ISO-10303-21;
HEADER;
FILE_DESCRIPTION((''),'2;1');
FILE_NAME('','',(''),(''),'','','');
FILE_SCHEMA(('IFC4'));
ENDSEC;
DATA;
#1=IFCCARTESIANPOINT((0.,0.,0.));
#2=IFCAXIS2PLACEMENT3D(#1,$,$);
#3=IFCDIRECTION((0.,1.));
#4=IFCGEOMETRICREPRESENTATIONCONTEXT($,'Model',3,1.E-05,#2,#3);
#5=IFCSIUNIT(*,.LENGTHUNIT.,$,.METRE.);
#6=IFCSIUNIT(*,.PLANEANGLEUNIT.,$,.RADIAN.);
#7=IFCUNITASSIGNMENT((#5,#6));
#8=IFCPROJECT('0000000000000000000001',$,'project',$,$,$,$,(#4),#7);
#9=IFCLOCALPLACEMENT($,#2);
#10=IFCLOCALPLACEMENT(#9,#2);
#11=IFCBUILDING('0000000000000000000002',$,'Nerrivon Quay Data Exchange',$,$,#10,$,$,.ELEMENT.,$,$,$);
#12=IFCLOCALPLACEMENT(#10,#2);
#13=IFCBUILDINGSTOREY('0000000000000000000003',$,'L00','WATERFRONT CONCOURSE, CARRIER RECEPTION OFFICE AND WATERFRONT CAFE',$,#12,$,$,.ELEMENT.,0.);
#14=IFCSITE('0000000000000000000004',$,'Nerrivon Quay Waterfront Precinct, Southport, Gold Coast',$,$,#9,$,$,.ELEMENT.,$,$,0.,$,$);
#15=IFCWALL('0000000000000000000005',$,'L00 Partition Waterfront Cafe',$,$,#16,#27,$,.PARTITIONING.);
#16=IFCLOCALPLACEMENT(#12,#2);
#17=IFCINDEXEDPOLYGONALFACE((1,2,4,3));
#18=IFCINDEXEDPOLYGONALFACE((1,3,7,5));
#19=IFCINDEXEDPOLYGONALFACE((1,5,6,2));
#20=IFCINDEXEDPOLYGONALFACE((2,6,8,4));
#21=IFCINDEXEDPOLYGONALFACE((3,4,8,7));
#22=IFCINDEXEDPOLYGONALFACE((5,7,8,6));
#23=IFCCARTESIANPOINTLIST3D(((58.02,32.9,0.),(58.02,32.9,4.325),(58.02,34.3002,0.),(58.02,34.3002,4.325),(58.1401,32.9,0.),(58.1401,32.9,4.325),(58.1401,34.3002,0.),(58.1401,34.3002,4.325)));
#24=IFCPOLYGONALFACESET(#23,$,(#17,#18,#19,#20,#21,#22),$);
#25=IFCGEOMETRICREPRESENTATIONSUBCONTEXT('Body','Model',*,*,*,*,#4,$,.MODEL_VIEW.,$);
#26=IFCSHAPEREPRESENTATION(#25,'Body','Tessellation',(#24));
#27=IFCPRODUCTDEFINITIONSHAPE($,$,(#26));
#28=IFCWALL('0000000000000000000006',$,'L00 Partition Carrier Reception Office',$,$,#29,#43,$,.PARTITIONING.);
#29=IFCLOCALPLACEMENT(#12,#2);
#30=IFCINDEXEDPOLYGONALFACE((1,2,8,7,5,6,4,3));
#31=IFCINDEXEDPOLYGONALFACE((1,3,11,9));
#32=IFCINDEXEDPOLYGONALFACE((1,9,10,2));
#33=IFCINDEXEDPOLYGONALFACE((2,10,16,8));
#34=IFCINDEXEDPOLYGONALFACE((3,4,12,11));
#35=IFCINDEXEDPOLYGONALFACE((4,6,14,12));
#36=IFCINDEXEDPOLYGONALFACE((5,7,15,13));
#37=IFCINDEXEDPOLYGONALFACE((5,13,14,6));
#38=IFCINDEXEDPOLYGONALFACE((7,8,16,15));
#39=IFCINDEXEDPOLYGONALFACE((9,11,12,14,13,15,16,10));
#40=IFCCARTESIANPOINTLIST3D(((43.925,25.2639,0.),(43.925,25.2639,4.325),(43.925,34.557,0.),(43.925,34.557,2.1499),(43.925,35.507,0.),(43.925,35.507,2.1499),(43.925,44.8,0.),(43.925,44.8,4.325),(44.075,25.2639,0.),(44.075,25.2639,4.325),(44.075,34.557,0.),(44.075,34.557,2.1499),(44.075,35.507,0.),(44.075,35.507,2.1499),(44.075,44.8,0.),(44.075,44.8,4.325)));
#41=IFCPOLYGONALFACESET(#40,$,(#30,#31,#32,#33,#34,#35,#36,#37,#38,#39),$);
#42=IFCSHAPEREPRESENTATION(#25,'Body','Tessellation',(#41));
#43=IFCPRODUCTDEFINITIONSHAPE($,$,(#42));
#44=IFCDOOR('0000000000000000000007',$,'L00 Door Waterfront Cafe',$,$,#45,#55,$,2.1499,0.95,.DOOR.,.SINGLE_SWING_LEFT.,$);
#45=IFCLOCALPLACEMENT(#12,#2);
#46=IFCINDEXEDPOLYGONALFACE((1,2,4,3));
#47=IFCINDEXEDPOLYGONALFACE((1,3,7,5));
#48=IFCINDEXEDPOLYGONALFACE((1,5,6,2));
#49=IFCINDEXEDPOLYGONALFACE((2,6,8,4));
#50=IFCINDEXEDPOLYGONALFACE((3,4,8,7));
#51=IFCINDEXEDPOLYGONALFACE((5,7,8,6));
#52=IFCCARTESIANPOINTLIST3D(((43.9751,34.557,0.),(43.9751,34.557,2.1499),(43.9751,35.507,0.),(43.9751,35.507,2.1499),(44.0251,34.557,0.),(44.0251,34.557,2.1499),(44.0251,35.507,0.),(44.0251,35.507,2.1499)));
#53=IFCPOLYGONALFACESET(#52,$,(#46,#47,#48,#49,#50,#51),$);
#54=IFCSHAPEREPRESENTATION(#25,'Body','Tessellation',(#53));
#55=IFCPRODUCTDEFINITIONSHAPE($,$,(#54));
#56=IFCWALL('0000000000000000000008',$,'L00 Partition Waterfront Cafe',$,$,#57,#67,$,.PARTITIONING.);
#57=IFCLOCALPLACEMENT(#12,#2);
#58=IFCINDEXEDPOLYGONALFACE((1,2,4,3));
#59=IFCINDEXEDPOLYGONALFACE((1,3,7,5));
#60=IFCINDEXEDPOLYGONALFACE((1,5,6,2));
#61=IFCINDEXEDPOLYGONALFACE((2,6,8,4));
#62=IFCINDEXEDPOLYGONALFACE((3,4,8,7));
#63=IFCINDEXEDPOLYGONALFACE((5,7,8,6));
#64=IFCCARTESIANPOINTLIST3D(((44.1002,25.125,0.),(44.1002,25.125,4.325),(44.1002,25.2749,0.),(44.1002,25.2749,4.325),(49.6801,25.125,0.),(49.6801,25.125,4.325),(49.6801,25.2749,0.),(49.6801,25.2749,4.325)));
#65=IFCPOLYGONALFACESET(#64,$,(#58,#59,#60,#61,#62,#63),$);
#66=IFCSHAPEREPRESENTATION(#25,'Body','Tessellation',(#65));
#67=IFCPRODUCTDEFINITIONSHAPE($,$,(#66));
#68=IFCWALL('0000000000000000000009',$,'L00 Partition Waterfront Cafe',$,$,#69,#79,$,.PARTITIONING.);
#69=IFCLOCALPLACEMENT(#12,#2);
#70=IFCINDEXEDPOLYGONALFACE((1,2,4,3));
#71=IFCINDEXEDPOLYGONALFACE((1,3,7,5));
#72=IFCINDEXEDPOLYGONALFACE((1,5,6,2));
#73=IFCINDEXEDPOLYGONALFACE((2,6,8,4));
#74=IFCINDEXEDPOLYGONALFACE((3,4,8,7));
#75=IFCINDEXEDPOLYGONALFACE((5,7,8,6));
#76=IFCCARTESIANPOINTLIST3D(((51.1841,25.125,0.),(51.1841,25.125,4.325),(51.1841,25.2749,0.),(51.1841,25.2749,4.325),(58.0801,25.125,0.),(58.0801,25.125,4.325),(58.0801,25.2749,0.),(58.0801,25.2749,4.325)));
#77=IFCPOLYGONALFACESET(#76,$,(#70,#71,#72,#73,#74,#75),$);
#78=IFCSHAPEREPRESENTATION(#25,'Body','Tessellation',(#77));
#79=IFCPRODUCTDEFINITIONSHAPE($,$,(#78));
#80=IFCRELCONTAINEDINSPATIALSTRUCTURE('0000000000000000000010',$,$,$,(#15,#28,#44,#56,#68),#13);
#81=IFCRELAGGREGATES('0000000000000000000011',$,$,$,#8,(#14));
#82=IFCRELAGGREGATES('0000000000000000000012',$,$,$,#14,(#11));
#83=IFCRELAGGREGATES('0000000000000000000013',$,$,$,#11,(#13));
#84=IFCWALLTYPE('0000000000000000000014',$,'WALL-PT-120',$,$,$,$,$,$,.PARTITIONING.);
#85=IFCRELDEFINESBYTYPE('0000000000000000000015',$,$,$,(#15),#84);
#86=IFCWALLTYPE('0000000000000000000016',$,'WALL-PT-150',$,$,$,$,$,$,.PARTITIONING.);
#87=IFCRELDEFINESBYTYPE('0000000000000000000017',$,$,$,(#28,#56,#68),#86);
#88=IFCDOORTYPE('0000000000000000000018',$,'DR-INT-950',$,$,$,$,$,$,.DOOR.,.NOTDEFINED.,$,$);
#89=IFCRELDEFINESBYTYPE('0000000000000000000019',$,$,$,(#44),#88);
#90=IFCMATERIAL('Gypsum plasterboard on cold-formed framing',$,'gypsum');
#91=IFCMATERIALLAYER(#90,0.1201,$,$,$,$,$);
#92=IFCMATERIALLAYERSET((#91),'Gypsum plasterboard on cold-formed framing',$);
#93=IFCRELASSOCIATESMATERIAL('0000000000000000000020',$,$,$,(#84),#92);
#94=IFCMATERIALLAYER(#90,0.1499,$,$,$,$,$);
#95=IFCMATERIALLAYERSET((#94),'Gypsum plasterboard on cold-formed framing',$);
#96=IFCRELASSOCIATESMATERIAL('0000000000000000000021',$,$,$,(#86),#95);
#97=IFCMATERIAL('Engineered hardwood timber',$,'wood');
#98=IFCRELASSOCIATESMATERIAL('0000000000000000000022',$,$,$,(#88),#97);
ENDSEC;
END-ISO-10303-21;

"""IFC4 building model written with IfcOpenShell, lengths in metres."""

from ifc_helpers import new_model, si_unit, direction, frame, frame_2d, origin, place, context, subcontext, project, spatial, rectangle, extrude, material, layer, layer_set, type_object, element, fill, save


model = new_model("IFC4")

# Units and contexts
model_context = context("Model", 3, precision=1e-05, world=origin(), true_north=direction((0.0, 1.0)))
body_context = subcontext(model_context, "Body", "Model", "MODEL_VIEW")
ifc_project = project(units=[si_unit("LENGTHUNIT", "METRE"), si_unit("PLANEANGLEUNIT", "RADIAN")], contexts=[model_context])

# Site, building, storey
site_placement = place(None, origin())
site = spatial("IfcSite", under=ifc_project, at=site_placement, Name="Nerrivon Quay Waterfront Precinct, Southport, Gold Coast", CompositionType="ELEMENT", RefElevation=0.0)
building_placement = place(site_placement, origin())
building = spatial("IfcBuilding", under=site, at=building_placement, Name="Nerrivon Quay Data Exchange", CompositionType="ELEMENT")
storey_placement = place(building_placement, origin())
storey = spatial("IfcBuildingStorey", under=building, at=storey_placement, Name="L00", Description="WATERFRONT CONCOURSE, CARRIER RECEPTION OFFICE AND WATERFRONT CAFE", CompositionType="ELEMENT", Elevation=0.0)

# Wall
ifc_material_1 = material(Name="Gypsum plasterboard on cold-formed framing", Category="gypsum")
ifc_layer_1 = layer(ifc_material_1, 0.1201)
ifc_layer_set_1 = layer_set([ifc_layer_1], Name="Gypsum plasterboard on cold-formed framing")
wall_type_1 = type_object("IfcWallType", Name="WALL-PT-120", PredefinedType="PARTITIONING", material=ifc_layer_set_1)
wall_1_placement = place(storey_placement, frame((58.0801, 32.8999, 0.0), z_axis=(0.0, 0.0, 1.0), x_axis=(0.0, 1.0, 0.0)))
element("IfcWall", 1, at=wall_1_placement, inside=storey, type_object=wall_type_1, Name="L00 Partition Waterfront Cafe", PredefinedType="PARTITIONING", context=body_context, shape_type="SweptSolid", body=[
    extrude(rectangle(XDim=1.4001, YDim=0.1201, at=frame_2d((0.7002, 0.0))), origin(), (0.0, 0.0, 1.0), 4.325),
])

# Wall, opening, door
ifc_layer_2 = layer(ifc_material_1, 0.1499)
ifc_layer_set_2 = layer_set([ifc_layer_2], Name="Gypsum plasterboard on cold-formed framing")
wall_type_2 = type_object("IfcWallType", Name="WALL-PT-150", PredefinedType="PARTITIONING", material=ifc_layer_set_2)
wall_2_placement = place(storey_placement, frame((44.0, 25.2639, 0.0), z_axis=(0.0, 0.0, 1.0), x_axis=(0.0, 1.0, 0.0)))
wall_2 = element("IfcWall", 2, at=wall_2_placement, inside=storey, type_object=wall_type_2, Name="L00 Partition Carrier Reception Office", PredefinedType="PARTITIONING", context=body_context, shape_type="SweptSolid", body=[
    extrude(rectangle(XDim=19.5361, YDim=0.1499, at=frame_2d((9.7681, 0.0))), origin(), (0.0, 0.0, 1.0), 4.325),
])
opening_1_placement = place(wall_2_placement, frame((9.293, 0.0, 0.0)))
opening_1 = element("IfcOpeningElement", 3, at=opening_1_placement, cuts=wall_2, PredefinedType="OPENING", context=body_context, shape_type="SweptSolid", body=[
    extrude(rectangle(XDim=0.95, YDim=2.1499, at=frame_2d((0.4751, 1.075))), frame((0.0, 0.085, 0.0), z_axis=(0.0, -1.0, 0.0), x_axis=(1.0, 0.0, 0.0)), (0.0, 0.0, 1.0), 0.1699),
])
ifc_material_2 = material(Name="Engineered hardwood timber", Category="wood")
door_type_1 = type_object("IfcDoorType", Name="DR-INT-950", OperationType="NOTDEFINED", PredefinedType="DOOR", material=ifc_material_2)
door_1_placement = place(opening_1_placement, origin())
door_1 = element("IfcDoor", 4, at=door_1_placement, inside=storey, type_object=door_type_1, Name="L00 Door Waterfront Cafe", OperationType="SINGLE_SWING_LEFT", OverallHeight=2.1499, OverallWidth=0.95, PredefinedType="DOOR", context=body_context, shape_type="SweptSolid", body=[
    extrude(rectangle(XDim=0.95, YDim=2.1499, at=frame_2d((0.4751, 1.075))), frame((0.0, 0.0249, 0.0), z_axis=(0.0, -1.0, 0.0), x_axis=(1.0, 0.0, 0.0)), (0.0, 0.0, 1.0), 0.05),
])
fill(opening_1, door_1)

# Walls
wall_3_placement = place(storey_placement, frame((44.1001, 25.2, 0.0), z_axis=(0.0, 0.0, 1.0), x_axis=(1.0, 0.0, 0.0)))
element("IfcWall", 5, at=wall_3_placement, inside=storey, type_object=wall_type_2, Name="L00 Partition Waterfront Cafe", PredefinedType="PARTITIONING", context=body_context, shape_type="SweptSolid", body=[
    extrude(rectangle(XDim=5.5798, YDim=0.1499, at=frame_2d((2.79, 0.0))), origin(), (0.0, 0.0, 1.0), 4.325),
])
wall_4_placement = place(storey_placement, frame((51.1841, 25.2, 0.0), z_axis=(0.0, 0.0, 1.0), x_axis=(1.0, 0.0, 0.0)))
element("IfcWall", 6, at=wall_4_placement, inside=storey, type_object=wall_type_2, Name="L00 Partition Waterfront Cafe", PredefinedType="PARTITIONING", context=body_context, shape_type="SweptSolid", body=[
    extrude(rectangle(XDim=6.896, YDim=0.1499, at=frame_2d((3.448, 0.0))), origin(), (0.0, 0.0, 1.0), 4.325),
])

save(model, "model.ifc")
